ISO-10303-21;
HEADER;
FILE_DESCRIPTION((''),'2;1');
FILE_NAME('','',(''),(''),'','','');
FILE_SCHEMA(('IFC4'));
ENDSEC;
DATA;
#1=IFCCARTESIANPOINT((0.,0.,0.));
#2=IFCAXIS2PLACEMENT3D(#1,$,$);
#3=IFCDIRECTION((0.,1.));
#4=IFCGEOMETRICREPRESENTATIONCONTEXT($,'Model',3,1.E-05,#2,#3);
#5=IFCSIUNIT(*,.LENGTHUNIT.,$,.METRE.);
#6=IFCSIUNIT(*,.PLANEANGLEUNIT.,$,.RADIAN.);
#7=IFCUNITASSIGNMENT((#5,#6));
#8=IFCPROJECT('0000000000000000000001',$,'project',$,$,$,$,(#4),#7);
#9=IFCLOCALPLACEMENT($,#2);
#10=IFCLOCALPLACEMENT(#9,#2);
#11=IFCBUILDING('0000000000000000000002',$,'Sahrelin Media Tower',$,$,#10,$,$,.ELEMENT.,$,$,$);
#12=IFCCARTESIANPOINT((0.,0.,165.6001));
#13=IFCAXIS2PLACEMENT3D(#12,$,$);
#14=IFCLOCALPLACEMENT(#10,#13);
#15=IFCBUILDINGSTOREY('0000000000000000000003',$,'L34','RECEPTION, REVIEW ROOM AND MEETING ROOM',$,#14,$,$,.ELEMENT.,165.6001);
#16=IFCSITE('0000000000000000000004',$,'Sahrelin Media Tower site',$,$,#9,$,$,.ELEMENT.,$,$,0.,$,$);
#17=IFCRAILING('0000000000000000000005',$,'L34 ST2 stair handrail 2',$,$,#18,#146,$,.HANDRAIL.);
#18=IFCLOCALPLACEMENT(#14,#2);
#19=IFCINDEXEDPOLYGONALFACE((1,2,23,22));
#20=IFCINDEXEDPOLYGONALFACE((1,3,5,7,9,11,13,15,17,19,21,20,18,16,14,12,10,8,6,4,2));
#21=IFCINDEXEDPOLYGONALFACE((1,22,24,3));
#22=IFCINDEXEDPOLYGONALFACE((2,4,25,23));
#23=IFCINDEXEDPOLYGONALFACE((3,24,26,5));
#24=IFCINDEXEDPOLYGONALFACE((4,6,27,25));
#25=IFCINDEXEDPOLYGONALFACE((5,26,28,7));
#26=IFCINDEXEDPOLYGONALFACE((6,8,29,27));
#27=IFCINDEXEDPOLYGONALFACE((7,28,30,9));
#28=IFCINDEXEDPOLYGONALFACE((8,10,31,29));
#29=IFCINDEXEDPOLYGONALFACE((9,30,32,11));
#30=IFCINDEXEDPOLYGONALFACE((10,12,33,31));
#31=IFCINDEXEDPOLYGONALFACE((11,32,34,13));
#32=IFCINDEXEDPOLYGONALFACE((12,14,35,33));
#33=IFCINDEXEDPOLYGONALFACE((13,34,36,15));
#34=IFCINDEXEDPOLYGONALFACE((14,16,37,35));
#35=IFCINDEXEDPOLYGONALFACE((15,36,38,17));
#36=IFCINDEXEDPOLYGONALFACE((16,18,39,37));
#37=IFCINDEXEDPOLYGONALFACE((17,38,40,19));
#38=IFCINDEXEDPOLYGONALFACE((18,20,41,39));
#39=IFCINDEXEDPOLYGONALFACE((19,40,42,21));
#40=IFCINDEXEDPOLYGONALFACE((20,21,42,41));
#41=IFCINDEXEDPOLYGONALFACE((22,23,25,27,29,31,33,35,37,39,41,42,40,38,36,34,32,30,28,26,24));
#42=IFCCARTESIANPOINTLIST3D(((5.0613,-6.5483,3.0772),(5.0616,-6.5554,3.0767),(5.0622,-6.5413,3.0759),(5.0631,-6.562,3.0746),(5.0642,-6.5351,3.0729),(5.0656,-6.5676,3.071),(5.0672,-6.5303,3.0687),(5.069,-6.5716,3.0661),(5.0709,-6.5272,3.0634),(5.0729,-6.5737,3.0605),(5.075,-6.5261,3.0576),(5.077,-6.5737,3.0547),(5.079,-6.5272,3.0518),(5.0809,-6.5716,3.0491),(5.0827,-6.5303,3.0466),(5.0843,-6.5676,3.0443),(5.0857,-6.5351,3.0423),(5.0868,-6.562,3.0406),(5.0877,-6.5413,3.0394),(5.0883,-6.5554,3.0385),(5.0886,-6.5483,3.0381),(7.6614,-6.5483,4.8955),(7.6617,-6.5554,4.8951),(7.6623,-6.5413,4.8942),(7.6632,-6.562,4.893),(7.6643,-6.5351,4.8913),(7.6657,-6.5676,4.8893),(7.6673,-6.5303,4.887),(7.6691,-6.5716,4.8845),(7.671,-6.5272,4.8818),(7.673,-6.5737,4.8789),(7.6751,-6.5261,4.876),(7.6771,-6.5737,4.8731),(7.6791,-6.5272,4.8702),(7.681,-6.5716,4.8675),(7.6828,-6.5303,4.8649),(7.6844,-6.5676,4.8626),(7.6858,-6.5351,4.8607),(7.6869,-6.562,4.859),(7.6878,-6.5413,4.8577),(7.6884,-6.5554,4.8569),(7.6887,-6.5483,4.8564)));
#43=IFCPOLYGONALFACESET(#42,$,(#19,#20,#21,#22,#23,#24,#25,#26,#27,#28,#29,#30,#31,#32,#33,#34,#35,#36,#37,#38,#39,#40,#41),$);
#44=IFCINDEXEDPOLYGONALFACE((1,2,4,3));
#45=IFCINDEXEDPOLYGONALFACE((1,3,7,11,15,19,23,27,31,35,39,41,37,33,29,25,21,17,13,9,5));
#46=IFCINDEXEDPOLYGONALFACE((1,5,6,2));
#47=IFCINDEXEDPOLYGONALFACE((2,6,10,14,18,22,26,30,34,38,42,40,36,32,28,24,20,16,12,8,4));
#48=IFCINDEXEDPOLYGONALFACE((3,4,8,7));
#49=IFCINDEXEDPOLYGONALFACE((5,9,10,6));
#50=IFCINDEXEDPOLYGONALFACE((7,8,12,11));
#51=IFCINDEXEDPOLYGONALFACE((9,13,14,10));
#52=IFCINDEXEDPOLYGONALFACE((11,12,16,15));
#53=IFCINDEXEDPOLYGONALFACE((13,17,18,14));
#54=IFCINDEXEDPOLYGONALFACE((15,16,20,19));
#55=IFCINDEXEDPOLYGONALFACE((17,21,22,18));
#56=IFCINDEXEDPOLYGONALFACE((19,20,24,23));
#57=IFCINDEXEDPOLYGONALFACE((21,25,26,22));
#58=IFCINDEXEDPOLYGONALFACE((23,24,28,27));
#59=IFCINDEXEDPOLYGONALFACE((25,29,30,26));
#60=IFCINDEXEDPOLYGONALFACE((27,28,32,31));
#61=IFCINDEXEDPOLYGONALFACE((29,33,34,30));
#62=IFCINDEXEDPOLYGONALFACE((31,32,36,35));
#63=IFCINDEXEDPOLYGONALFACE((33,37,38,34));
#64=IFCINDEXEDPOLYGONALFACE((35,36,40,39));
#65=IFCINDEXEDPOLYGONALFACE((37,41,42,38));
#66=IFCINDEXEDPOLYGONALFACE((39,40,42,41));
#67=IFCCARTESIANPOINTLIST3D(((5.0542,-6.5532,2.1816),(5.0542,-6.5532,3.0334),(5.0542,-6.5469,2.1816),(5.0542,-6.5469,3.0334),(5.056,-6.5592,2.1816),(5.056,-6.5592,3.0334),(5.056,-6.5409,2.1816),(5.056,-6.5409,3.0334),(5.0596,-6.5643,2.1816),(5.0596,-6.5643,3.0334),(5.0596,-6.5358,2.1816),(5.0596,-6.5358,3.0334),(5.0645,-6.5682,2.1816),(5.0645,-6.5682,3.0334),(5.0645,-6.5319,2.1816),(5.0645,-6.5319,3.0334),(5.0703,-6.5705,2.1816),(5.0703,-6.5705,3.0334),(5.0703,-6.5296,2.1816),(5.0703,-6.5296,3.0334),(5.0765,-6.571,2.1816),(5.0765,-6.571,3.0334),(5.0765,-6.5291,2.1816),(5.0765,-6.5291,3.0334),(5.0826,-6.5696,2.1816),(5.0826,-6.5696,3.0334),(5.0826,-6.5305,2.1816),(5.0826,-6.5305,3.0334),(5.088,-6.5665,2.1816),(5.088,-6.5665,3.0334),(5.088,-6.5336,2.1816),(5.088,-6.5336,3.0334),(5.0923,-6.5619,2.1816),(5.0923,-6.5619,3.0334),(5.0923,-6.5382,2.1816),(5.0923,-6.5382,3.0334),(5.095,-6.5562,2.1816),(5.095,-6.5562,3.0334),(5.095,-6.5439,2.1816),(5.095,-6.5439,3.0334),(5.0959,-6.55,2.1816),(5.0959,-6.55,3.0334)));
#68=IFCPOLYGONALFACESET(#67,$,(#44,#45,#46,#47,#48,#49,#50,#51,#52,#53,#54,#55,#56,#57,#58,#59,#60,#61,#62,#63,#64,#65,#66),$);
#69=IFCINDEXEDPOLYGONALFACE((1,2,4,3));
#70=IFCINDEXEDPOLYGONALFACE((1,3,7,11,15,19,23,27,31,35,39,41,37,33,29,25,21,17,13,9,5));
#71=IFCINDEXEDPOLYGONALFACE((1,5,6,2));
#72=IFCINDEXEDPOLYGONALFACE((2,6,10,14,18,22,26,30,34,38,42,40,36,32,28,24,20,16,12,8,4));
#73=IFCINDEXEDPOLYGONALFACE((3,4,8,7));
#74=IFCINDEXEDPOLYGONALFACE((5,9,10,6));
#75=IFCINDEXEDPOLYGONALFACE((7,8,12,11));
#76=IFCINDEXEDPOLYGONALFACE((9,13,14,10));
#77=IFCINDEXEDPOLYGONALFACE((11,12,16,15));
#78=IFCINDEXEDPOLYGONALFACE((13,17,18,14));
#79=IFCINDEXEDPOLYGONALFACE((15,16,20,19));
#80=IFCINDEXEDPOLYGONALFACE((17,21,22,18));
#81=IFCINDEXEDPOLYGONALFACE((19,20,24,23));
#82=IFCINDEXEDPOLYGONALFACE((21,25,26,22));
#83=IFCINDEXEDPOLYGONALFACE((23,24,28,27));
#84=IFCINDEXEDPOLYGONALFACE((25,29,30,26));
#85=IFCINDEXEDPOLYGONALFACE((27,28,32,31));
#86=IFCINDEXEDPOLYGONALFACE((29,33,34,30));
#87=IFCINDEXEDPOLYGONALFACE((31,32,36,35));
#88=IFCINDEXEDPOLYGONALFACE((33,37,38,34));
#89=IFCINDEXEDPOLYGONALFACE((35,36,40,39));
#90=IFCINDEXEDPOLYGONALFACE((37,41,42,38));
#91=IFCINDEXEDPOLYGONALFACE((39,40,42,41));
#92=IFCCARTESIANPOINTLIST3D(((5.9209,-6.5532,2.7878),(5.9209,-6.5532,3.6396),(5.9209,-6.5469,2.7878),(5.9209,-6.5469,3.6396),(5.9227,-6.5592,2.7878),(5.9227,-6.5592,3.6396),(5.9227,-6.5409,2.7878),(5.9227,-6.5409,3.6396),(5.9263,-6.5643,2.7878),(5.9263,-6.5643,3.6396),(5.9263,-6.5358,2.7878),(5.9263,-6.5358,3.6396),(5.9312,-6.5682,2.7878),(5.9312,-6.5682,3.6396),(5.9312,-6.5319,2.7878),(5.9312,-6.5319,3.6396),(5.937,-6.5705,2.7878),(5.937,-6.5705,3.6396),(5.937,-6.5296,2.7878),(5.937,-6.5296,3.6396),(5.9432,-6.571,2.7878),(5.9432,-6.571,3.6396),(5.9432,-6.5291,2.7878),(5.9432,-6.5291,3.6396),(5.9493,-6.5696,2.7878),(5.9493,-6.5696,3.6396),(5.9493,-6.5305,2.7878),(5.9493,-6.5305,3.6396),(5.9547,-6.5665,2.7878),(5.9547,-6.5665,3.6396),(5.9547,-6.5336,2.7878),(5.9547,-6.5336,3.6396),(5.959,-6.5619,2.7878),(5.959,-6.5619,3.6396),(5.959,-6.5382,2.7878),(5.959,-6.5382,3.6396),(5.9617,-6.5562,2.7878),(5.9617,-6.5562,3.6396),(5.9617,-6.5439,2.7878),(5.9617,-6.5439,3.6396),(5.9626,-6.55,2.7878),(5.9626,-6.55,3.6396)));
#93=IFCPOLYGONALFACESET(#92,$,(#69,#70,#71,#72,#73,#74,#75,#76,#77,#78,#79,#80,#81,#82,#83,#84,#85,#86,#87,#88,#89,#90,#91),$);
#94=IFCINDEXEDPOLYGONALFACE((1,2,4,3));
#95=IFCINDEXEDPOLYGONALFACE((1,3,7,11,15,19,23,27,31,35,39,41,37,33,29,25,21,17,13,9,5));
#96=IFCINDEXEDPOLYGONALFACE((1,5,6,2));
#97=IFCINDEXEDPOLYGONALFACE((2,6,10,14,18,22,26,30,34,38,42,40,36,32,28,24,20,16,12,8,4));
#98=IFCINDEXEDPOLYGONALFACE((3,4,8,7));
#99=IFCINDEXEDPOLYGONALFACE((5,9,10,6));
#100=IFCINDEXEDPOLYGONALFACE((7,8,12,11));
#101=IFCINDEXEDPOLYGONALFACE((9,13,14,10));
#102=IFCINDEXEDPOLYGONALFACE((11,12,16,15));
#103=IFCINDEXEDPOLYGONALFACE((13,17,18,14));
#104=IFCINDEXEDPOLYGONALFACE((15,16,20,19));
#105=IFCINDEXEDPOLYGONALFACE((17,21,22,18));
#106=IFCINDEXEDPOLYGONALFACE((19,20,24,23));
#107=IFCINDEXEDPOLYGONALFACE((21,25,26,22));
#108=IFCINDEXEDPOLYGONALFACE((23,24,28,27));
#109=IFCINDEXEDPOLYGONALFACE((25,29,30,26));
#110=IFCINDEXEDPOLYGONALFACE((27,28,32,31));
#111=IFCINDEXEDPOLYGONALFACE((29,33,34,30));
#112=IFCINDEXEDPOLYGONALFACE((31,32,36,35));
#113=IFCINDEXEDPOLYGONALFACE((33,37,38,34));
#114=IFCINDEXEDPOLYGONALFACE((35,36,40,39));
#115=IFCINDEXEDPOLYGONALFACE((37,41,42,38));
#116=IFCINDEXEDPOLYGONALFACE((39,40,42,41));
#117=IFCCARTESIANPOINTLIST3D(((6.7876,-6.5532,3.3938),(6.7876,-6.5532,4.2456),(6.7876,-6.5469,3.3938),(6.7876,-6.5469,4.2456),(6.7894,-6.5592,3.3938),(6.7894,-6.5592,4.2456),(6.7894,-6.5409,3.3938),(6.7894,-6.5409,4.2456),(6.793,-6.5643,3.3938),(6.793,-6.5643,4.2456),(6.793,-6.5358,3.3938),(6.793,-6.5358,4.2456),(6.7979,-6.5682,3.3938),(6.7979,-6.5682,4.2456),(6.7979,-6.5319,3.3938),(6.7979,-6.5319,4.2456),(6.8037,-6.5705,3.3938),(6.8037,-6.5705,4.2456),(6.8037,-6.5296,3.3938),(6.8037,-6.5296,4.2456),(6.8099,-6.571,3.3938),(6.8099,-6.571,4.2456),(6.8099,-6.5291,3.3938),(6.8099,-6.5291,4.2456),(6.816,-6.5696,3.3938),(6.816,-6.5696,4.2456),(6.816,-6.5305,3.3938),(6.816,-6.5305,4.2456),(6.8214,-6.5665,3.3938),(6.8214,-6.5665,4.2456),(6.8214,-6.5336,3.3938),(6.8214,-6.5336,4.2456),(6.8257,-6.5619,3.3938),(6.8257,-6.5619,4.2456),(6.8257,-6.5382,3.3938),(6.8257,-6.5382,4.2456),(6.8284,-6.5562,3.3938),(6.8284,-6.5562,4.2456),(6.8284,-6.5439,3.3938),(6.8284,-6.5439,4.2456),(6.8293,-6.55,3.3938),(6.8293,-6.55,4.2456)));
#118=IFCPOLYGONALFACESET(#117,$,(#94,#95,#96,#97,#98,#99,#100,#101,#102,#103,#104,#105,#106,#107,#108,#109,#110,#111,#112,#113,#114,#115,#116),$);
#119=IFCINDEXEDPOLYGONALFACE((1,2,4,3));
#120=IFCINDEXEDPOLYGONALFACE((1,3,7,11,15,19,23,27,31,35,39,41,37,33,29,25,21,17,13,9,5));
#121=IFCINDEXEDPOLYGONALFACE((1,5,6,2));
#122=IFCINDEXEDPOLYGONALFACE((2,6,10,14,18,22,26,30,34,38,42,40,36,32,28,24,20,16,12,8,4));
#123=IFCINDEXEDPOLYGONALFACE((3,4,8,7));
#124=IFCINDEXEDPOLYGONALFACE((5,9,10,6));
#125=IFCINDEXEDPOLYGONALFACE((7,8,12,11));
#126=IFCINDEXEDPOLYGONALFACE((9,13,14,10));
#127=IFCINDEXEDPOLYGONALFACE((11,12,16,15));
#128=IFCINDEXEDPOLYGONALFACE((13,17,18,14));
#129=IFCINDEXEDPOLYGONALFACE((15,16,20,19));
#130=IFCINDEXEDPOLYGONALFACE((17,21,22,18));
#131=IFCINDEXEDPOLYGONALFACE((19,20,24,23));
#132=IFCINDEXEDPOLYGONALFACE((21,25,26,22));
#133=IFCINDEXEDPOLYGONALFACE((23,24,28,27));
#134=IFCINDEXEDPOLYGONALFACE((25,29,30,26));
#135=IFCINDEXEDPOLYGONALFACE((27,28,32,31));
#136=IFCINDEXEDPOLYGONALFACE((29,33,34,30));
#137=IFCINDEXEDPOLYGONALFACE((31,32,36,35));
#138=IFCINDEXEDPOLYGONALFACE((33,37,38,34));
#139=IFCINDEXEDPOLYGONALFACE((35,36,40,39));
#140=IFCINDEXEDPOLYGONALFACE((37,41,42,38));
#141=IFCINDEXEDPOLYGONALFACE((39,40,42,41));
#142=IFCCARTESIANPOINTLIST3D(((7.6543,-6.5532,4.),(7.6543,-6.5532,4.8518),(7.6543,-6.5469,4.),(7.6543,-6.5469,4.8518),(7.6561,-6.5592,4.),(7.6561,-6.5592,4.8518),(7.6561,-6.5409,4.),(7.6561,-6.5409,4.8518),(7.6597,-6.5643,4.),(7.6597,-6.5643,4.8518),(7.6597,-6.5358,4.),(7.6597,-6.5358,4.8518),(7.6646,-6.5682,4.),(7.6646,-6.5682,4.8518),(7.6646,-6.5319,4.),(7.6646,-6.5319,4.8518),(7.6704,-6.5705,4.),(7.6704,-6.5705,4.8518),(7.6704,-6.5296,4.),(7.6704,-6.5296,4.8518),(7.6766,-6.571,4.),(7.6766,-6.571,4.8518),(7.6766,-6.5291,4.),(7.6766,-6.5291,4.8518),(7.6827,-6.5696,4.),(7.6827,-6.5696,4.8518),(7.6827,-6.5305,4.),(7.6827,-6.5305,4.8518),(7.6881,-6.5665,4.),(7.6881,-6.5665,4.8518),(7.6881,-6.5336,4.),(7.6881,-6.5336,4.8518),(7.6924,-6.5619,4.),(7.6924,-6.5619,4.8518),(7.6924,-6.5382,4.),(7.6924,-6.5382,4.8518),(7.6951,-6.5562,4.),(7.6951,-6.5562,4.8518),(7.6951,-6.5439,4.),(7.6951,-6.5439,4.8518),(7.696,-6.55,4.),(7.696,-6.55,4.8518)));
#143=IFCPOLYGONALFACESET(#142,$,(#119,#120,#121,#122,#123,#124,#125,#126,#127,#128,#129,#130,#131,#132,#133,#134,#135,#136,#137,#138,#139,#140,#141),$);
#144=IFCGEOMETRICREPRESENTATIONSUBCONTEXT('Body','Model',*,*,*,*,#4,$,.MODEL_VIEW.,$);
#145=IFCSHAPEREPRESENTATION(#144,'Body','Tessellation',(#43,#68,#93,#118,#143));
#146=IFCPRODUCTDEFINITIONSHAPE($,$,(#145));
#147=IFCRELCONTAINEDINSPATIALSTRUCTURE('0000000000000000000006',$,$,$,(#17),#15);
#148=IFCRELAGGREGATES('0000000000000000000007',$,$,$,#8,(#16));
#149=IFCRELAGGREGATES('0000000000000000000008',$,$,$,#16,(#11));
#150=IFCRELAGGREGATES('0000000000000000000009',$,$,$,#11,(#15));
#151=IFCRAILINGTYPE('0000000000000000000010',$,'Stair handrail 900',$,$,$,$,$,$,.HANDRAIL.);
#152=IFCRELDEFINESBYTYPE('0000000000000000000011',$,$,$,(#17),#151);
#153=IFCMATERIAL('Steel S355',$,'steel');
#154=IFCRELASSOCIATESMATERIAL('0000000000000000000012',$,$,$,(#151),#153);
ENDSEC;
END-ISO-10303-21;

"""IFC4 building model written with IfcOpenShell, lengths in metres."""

from ifc_helpers import new_model, si_unit, direction, frame, origin, origin_2d, place, context, subcontext, project, spatial, circle, extrude, material, type_object, element, save


model = new_model("IFC4")

# Units and contexts
model_context = context("Model", 3, precision=1e-05, world=origin(), true_north=direction((0.0, 1.0)))
body_context = subcontext(model_context, "Body", "Model", "MODEL_VIEW")
ifc_project = project(units=[si_unit("LENGTHUNIT", "METRE"), si_unit("PLANEANGLEUNIT", "RADIAN")], contexts=[model_context])

# Site, building, storey
site_placement = place(None, origin())
site = spatial("IfcSite", under=ifc_project, at=site_placement, Name="Sahrelin Media Tower site", CompositionType="ELEMENT", RefElevation=0.0)
building_placement = place(site_placement, origin())
building = spatial("IfcBuilding", under=site, at=building_placement, Name="Sahrelin Media Tower", CompositionType="ELEMENT")
storey_placement = place(building_placement, frame((0.0, 0.0, 165.6001)))
storey = spatial("IfcBuildingStorey", under=building, at=storey_placement, Name="L34", Description="RECEPTION, REVIEW ROOM AND MEETING ROOM", CompositionType="ELEMENT", Elevation=165.6001)

# Shared definitions
ifc_material_1 = material(Name="Steel S355", Category="steel")

# Railing
railing_type_1 = type_object("IfcRailingType", Name="Stair handrail 900", PredefinedType="HANDRAIL", material=ifc_material_1)
railing_1_placement = place(storey_placement, frame((5.075, -6.55, 2.1816)))
element("IfcRailing", 1, at=railing_1_placement, inside=storey, type_object=railing_type_1, Name="L34 ST2 stair handrail 2", PredefinedType="HANDRAIL", context=body_context, shape_type="SweptSolid", body=[
    extrude(circle(Radius=0.0239, at=origin_2d()), frame((0.0, 0.0, 0.876), z_axis=(0.819485, 0.0, 0.573101), x_axis=(0.0, 1.0, 0.0)), (0.0, 0.0, 1.0), 3.1729),
    extrude(circle(Radius=0.021, at=origin_2d()), origin(), (0.0, 0.0, 1.0), 0.8518),
    extrude(circle(Radius=0.021, at=origin_2d()), frame((0.8667, 0.0, 0.6062)), (0.0, 0.0, 1.0), 0.8518),
    extrude(circle(Radius=0.021, at=origin_2d()), frame((1.7334, 0.0, 1.2122)), (0.0, 0.0, 1.0), 0.8518),
    extrude(circle(Radius=0.021, at=origin_2d()), frame((2.6001, 0.0, 1.8184)), (0.0, 0.0, 1.0), 0.8518),
])

save(model, "model.ifc")
